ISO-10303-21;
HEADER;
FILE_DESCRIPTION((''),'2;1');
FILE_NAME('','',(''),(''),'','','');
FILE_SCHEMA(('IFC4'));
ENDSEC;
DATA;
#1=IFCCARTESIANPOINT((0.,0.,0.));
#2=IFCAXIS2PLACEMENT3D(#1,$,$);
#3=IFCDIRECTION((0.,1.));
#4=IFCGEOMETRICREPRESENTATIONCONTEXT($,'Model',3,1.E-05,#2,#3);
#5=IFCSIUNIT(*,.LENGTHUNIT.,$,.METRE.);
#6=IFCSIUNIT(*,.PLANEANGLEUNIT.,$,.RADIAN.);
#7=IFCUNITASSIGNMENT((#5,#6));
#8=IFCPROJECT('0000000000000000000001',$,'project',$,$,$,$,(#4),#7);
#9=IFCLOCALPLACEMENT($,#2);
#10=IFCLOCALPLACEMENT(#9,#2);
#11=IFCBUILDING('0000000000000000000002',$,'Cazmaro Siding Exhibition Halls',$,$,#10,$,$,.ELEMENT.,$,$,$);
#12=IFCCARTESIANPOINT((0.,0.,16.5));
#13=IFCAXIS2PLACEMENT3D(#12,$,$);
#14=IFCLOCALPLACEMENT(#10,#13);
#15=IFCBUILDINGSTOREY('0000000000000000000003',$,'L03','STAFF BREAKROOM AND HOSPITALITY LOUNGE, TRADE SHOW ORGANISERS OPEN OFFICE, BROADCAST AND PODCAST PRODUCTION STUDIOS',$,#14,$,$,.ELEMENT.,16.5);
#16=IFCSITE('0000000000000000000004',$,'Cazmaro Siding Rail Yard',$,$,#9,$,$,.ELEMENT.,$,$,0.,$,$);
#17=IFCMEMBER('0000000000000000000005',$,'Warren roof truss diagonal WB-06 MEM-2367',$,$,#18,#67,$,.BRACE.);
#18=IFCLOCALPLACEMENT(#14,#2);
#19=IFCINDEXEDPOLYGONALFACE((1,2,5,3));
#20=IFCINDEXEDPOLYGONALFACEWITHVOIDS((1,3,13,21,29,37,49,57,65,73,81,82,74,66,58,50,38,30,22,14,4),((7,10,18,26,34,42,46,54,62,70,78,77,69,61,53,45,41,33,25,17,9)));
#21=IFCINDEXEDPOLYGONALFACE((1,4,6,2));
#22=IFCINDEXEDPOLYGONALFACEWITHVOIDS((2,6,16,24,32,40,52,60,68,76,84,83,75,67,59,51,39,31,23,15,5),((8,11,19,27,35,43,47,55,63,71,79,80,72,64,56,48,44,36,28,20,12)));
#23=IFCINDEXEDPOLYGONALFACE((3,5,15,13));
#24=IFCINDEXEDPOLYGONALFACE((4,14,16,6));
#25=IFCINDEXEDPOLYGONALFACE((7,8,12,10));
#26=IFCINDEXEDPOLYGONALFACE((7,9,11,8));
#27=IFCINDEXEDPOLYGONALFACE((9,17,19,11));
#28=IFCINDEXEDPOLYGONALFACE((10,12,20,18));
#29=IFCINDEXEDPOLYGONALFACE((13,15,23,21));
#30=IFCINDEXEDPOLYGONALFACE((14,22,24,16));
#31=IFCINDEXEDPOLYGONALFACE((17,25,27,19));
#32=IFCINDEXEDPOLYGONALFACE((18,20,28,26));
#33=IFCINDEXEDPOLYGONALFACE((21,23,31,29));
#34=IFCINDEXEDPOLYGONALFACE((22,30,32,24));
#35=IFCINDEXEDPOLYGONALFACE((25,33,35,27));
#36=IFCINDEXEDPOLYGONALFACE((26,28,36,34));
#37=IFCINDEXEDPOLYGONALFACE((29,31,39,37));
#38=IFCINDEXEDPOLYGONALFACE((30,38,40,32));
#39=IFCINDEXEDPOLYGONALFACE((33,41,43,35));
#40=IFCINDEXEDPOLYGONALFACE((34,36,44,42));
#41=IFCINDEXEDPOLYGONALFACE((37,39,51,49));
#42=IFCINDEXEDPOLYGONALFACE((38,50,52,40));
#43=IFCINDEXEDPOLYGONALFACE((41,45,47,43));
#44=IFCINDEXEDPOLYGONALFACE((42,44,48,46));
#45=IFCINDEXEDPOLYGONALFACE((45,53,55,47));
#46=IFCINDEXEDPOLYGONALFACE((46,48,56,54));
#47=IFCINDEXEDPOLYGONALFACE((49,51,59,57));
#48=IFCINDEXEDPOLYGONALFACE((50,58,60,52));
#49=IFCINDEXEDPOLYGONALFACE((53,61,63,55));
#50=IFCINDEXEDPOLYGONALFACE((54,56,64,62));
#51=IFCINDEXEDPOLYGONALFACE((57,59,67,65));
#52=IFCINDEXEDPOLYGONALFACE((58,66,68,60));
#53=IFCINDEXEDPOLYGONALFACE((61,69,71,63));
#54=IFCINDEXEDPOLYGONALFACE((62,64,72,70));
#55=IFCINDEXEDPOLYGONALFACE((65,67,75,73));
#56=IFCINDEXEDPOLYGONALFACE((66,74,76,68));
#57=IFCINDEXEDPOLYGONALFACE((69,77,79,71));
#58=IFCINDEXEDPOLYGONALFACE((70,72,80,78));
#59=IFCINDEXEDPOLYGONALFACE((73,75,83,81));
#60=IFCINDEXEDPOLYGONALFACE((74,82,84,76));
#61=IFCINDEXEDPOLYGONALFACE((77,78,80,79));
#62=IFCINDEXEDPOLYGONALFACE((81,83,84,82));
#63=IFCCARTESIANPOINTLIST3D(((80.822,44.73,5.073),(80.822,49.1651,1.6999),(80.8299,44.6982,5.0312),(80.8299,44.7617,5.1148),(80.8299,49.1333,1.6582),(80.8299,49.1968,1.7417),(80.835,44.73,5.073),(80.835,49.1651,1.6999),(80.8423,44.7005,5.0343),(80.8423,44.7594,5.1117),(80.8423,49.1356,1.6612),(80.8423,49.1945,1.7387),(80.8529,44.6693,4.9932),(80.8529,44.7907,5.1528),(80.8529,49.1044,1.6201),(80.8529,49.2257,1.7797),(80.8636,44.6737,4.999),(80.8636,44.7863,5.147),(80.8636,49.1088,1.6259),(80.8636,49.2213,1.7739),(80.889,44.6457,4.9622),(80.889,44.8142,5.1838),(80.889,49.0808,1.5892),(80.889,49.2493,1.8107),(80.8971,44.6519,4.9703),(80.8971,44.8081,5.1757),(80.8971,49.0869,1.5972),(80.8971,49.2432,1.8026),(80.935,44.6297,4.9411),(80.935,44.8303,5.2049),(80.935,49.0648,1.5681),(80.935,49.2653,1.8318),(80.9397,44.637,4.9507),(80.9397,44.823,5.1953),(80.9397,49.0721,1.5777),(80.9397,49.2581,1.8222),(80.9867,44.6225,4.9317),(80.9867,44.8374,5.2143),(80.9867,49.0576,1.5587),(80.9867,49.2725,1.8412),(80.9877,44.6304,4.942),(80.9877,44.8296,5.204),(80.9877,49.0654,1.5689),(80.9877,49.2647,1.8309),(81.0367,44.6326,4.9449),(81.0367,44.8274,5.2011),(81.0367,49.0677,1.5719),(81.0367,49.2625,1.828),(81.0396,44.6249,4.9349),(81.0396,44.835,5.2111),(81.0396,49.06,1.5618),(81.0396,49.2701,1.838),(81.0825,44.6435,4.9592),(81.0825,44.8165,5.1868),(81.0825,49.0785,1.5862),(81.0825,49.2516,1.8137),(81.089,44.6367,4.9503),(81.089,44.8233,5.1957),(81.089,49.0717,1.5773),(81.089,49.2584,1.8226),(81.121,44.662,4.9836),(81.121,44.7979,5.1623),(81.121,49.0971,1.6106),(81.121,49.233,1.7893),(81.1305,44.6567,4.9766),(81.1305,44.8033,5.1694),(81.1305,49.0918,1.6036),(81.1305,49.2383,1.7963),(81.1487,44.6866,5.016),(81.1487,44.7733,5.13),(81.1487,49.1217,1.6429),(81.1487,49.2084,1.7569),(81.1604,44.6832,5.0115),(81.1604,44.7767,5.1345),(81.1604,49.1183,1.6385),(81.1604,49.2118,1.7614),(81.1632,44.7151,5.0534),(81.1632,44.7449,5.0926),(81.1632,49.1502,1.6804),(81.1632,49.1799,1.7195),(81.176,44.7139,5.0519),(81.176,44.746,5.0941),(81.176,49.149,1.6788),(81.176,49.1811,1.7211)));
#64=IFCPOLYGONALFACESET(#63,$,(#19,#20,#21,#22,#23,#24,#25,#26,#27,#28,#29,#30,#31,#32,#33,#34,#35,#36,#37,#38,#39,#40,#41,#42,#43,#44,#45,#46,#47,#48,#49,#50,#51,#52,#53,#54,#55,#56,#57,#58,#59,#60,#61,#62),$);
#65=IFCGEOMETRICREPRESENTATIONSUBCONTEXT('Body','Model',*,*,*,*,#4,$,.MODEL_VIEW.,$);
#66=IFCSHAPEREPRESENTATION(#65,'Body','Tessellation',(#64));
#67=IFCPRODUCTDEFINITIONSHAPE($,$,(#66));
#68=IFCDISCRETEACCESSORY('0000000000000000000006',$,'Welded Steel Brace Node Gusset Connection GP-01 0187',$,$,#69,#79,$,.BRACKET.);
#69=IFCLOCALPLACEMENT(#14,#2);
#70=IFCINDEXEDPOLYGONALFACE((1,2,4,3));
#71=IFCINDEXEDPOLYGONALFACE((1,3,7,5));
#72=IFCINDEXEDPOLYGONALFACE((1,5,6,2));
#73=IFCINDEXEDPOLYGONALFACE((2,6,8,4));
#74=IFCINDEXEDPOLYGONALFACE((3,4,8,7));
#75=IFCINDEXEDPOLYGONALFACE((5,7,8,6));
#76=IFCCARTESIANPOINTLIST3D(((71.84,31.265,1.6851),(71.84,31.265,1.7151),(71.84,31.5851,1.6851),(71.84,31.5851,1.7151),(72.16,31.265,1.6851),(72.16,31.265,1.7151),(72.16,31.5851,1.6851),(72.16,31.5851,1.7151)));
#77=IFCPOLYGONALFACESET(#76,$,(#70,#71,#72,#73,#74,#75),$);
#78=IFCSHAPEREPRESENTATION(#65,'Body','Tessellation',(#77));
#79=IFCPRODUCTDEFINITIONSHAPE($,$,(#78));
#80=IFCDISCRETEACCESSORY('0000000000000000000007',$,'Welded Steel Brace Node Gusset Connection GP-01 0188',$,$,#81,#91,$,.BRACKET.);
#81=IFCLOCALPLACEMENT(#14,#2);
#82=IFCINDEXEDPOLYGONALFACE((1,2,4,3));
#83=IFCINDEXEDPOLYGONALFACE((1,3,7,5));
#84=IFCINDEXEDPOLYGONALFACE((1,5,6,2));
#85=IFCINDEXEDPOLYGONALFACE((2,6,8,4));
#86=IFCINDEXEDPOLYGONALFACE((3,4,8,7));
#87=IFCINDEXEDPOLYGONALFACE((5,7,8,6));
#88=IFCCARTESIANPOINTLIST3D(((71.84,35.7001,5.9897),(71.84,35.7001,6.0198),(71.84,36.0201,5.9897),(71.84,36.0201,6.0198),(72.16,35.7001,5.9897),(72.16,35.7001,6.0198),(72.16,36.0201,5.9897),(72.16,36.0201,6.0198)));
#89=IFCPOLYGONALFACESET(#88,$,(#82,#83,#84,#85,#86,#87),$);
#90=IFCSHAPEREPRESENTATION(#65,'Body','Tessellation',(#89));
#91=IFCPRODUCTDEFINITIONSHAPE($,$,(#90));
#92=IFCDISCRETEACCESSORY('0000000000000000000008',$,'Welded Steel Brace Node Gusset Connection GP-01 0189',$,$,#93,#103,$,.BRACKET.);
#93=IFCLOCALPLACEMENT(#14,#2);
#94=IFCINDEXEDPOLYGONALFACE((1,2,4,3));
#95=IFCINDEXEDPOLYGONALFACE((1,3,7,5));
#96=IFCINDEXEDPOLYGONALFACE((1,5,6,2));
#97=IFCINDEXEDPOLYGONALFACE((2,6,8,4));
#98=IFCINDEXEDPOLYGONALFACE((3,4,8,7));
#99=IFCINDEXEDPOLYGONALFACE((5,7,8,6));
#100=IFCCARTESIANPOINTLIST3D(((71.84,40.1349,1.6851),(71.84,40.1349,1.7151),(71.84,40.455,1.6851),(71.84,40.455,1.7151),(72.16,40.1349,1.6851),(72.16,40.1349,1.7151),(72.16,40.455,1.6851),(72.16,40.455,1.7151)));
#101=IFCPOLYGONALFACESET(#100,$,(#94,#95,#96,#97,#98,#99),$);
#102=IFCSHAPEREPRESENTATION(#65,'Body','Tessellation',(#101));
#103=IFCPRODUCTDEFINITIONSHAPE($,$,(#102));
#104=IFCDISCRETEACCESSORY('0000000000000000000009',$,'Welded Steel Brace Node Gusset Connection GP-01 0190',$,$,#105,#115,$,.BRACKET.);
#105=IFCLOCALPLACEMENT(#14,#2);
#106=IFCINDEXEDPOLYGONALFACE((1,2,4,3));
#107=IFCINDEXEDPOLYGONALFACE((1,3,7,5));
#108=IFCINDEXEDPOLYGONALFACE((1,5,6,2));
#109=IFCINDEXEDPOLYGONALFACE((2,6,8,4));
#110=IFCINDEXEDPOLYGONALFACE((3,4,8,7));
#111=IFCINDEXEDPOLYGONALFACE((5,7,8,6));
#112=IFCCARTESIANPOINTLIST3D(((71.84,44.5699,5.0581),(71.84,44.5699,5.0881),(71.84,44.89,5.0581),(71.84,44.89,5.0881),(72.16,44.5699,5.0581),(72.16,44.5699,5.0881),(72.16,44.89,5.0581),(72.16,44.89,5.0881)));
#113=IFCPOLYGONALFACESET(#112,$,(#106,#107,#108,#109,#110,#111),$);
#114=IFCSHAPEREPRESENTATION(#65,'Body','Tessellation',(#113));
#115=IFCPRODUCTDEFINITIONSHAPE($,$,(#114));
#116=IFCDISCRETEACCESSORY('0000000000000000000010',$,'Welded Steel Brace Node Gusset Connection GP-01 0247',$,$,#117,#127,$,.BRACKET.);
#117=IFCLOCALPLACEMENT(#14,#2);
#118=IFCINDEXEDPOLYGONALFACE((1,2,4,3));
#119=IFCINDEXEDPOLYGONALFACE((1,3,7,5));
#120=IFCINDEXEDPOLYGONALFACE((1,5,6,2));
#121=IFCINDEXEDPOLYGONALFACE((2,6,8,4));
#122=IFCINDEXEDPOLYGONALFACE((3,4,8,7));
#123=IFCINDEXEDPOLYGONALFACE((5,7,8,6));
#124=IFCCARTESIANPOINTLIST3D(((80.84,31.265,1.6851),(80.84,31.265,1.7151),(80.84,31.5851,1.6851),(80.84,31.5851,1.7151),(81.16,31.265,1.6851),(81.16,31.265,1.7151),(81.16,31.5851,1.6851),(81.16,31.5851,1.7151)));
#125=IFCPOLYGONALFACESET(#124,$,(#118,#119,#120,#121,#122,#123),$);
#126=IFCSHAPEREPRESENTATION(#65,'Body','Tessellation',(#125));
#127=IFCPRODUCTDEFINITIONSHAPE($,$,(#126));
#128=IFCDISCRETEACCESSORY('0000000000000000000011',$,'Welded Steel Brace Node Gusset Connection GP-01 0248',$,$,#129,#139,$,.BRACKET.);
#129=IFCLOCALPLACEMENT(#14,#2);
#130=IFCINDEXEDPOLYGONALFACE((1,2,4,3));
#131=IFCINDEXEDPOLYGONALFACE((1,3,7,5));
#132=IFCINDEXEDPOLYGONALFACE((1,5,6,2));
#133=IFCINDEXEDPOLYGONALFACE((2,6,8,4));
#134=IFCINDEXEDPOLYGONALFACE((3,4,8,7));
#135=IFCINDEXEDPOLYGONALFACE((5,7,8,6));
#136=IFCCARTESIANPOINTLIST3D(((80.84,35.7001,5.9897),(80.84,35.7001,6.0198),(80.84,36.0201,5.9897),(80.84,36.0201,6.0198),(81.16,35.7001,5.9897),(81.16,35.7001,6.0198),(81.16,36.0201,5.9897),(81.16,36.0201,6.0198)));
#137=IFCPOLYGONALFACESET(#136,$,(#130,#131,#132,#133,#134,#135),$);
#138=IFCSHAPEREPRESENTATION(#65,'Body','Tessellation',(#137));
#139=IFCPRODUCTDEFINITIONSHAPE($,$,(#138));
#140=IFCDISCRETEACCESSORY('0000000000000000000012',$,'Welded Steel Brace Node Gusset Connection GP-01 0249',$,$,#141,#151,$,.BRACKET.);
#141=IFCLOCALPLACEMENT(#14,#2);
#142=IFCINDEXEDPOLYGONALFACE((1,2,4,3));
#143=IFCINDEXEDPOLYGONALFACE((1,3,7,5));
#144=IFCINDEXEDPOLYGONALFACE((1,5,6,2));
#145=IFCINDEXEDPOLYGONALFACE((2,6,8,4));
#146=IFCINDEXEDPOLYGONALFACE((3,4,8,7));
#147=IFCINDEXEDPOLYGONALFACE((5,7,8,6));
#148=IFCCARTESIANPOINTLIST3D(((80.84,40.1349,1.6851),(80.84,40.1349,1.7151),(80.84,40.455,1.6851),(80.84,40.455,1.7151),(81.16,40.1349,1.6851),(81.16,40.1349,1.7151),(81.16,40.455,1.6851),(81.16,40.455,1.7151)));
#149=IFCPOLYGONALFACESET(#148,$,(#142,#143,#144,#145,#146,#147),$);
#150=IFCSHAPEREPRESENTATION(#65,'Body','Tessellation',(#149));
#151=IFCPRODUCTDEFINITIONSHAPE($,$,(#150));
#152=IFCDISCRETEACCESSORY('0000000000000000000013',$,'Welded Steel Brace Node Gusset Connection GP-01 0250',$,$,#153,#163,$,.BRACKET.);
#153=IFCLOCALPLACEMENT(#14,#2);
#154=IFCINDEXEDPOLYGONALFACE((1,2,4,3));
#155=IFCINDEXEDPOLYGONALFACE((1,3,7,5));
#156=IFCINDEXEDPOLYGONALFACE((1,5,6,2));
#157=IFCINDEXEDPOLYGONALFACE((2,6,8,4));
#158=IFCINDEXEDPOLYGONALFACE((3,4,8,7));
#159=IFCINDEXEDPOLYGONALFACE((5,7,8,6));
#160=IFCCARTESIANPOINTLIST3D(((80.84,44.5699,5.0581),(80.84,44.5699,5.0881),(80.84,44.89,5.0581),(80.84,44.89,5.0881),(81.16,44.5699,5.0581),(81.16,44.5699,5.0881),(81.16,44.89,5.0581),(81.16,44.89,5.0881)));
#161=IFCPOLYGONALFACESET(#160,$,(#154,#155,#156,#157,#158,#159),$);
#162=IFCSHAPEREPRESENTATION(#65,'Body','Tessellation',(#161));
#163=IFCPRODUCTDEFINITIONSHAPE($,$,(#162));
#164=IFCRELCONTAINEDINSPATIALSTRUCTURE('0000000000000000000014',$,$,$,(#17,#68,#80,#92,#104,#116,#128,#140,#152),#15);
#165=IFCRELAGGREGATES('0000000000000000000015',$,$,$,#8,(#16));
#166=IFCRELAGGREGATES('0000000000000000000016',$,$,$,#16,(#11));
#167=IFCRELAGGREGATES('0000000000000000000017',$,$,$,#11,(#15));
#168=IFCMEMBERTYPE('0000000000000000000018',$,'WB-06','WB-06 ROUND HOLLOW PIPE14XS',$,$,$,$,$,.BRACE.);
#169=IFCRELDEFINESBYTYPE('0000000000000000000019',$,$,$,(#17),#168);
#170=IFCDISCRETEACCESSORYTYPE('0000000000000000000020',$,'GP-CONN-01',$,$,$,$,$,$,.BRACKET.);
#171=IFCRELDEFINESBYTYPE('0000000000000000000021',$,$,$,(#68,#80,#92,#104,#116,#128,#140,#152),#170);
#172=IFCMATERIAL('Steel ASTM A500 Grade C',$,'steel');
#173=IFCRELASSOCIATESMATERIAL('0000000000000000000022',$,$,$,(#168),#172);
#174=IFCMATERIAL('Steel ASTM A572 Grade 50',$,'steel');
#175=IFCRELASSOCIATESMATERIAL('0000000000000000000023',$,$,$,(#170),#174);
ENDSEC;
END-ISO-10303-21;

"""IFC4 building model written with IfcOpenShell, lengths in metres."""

from ifc_helpers import new_model, si_unit, direction, frame, origin, origin_2d, place, context, subcontext, project, spatial, rectangle, hollow_circle, extrude, material, material_profile, profile_set, type_object, element, save


model = new_model("IFC4")

# Units and contexts
model_context = context("Model", 3, precision=1e-05, world=origin(), true_north=direction((0.0, 1.0)))
body_context = subcontext(model_context, "Body", "Model", "MODEL_VIEW")
ifc_project = project(units=[si_unit("LENGTHUNIT", "METRE"), si_unit("PLANEANGLEUNIT", "RADIAN")], contexts=[model_context])

# Site, building, storey
site_placement = place(None, origin())
site = spatial("IfcSite", under=ifc_project, at=site_placement, Name="Cazmaro Siding Rail Yard", CompositionType="ELEMENT", RefElevation=0.0)
building_placement = place(site_placement, origin())
building = spatial("IfcBuilding", under=site, at=building_placement, Name="Cazmaro Siding Exhibition Halls", CompositionType="ELEMENT")
storey_placement = place(building_placement, frame((0.0, 0.0, 16.5)))
storey = spatial("IfcBuildingStorey", under=building, at=storey_placement, Name="L03", Description="STAFF BREAKROOM AND HOSPITALITY LOUNGE, TRADE SHOW ORGANISERS OPEN OFFICE, BROADCAST AND PODCAST PRODUCTION STUDIOS", CompositionType="ELEMENT", Elevation=16.5)

# Member
ifc_material_1 = material(Name="Steel ASTM A500 Grade C", Category="steel")
ifc_material_profile_1 = material_profile(ifc_material_1, hollow_circle(Radius=0.178, WallThickness=0.0129, at=origin_2d()), Name="PIPE14XS")
ifc_profile_set_1 = profile_set([ifc_material_profile_1], Name="Steel ASTM A500 Grade C")
member_type_1 = type_object("IfcMemberType", Name="WB-06", Description="WB-06 ROUND HOLLOW PIPE14XS", PredefinedType="BRACE", material=ifc_profile_set_1)
for number, where, z_axis, x_axis, name in (
    (1, (81.0, 44.73, 5.073), (0.0, 0.795954, -0.605357), (-1.0, 0.0, 0.0), "Warren roof truss diagonal WB-06 MEM-2367"),
):
    element("IfcMember", number, at=place(storey_placement, frame(where, z_axis=z_axis, x_axis=x_axis)), inside=storey, type_object=member_type_1, Name=name, PredefinedType="BRACE", context=body_context, shape_type="SweptSolid", body=[
        extrude(hollow_circle(Radius=0.178, WallThickness=0.0129, at=origin_2d()), origin(), (0.0, 0.0, 1.0), 5.572),
    ])

# Discrete accessories
ifc_material_2 = material(Name="Steel ASTM A572 Grade 50", Category="steel")
discrete_accessory_type = type_object("IfcDiscreteAccessoryType", Name="GP-CONN-01", PredefinedType="BRACKET", material=ifc_material_2)
for number, where, z_axis, x_axis, name in (
    (2, (72.0, 31.425, 1.6851), (0.0, 0.0, 1.0), (1.0, 0.0, 0.0), "Welded Steel Brace Node Gusset Connection GP-01 0187"),
    (3, (72.0, 35.8601, 5.9897), (0.0, 0.0, 1.0), (1.0, 0.0, 0.0), "Welded Steel Brace Node Gusset Connection GP-01 0188"),
    (4, (72.0, 40.2949, 1.6851), (0.0, 0.0, 1.0), (1.0, 0.0, 0.0), "Welded Steel Brace Node Gusset Connection GP-01 0189"),
    (5, (72.0, 44.73, 5.0581), (0.0, 0.0, 1.0), (1.0, 0.0, 0.0), "Welded Steel Brace Node Gusset Connection GP-01 0190"),
    (6, (81.0, 31.425, 1.6851), (0.0, 0.0, 1.0), (1.0, 0.0, 0.0), "Welded Steel Brace Node Gusset Connection GP-01 0247"),
    (7, (81.0, 35.8601, 5.9897), (0.0, 0.0, 1.0), (1.0, 0.0, 0.0), "Welded Steel Brace Node Gusset Connection GP-01 0248"),
    (8, (81.0, 40.2949, 1.6851), (0.0, 0.0, 1.0), (1.0, 0.0, 0.0), "Welded Steel Brace Node Gusset Connection GP-01 0249"),
    (9, (81.0, 44.73, 5.0581), (0.0, 0.0, 1.0), (1.0, 0.0, 0.0), "Welded Steel Brace Node Gusset Connection GP-01 0250"),
):
    element("IfcDiscreteAccessory", number, at=place(storey_placement, frame(where, z_axis=z_axis, x_axis=x_axis)), inside=storey, type_object=discrete_accessory_type, Name=name, PredefinedType="BRACKET", context=body_context, shape_type="SweptSolid", body=[
        extrude(rectangle(XDim=0.3201, YDim=0.3201, at=origin_2d()), origin(), (0.0, 0.0, 1.0), 0.03),
    ])

save(model, "model.ifc")
